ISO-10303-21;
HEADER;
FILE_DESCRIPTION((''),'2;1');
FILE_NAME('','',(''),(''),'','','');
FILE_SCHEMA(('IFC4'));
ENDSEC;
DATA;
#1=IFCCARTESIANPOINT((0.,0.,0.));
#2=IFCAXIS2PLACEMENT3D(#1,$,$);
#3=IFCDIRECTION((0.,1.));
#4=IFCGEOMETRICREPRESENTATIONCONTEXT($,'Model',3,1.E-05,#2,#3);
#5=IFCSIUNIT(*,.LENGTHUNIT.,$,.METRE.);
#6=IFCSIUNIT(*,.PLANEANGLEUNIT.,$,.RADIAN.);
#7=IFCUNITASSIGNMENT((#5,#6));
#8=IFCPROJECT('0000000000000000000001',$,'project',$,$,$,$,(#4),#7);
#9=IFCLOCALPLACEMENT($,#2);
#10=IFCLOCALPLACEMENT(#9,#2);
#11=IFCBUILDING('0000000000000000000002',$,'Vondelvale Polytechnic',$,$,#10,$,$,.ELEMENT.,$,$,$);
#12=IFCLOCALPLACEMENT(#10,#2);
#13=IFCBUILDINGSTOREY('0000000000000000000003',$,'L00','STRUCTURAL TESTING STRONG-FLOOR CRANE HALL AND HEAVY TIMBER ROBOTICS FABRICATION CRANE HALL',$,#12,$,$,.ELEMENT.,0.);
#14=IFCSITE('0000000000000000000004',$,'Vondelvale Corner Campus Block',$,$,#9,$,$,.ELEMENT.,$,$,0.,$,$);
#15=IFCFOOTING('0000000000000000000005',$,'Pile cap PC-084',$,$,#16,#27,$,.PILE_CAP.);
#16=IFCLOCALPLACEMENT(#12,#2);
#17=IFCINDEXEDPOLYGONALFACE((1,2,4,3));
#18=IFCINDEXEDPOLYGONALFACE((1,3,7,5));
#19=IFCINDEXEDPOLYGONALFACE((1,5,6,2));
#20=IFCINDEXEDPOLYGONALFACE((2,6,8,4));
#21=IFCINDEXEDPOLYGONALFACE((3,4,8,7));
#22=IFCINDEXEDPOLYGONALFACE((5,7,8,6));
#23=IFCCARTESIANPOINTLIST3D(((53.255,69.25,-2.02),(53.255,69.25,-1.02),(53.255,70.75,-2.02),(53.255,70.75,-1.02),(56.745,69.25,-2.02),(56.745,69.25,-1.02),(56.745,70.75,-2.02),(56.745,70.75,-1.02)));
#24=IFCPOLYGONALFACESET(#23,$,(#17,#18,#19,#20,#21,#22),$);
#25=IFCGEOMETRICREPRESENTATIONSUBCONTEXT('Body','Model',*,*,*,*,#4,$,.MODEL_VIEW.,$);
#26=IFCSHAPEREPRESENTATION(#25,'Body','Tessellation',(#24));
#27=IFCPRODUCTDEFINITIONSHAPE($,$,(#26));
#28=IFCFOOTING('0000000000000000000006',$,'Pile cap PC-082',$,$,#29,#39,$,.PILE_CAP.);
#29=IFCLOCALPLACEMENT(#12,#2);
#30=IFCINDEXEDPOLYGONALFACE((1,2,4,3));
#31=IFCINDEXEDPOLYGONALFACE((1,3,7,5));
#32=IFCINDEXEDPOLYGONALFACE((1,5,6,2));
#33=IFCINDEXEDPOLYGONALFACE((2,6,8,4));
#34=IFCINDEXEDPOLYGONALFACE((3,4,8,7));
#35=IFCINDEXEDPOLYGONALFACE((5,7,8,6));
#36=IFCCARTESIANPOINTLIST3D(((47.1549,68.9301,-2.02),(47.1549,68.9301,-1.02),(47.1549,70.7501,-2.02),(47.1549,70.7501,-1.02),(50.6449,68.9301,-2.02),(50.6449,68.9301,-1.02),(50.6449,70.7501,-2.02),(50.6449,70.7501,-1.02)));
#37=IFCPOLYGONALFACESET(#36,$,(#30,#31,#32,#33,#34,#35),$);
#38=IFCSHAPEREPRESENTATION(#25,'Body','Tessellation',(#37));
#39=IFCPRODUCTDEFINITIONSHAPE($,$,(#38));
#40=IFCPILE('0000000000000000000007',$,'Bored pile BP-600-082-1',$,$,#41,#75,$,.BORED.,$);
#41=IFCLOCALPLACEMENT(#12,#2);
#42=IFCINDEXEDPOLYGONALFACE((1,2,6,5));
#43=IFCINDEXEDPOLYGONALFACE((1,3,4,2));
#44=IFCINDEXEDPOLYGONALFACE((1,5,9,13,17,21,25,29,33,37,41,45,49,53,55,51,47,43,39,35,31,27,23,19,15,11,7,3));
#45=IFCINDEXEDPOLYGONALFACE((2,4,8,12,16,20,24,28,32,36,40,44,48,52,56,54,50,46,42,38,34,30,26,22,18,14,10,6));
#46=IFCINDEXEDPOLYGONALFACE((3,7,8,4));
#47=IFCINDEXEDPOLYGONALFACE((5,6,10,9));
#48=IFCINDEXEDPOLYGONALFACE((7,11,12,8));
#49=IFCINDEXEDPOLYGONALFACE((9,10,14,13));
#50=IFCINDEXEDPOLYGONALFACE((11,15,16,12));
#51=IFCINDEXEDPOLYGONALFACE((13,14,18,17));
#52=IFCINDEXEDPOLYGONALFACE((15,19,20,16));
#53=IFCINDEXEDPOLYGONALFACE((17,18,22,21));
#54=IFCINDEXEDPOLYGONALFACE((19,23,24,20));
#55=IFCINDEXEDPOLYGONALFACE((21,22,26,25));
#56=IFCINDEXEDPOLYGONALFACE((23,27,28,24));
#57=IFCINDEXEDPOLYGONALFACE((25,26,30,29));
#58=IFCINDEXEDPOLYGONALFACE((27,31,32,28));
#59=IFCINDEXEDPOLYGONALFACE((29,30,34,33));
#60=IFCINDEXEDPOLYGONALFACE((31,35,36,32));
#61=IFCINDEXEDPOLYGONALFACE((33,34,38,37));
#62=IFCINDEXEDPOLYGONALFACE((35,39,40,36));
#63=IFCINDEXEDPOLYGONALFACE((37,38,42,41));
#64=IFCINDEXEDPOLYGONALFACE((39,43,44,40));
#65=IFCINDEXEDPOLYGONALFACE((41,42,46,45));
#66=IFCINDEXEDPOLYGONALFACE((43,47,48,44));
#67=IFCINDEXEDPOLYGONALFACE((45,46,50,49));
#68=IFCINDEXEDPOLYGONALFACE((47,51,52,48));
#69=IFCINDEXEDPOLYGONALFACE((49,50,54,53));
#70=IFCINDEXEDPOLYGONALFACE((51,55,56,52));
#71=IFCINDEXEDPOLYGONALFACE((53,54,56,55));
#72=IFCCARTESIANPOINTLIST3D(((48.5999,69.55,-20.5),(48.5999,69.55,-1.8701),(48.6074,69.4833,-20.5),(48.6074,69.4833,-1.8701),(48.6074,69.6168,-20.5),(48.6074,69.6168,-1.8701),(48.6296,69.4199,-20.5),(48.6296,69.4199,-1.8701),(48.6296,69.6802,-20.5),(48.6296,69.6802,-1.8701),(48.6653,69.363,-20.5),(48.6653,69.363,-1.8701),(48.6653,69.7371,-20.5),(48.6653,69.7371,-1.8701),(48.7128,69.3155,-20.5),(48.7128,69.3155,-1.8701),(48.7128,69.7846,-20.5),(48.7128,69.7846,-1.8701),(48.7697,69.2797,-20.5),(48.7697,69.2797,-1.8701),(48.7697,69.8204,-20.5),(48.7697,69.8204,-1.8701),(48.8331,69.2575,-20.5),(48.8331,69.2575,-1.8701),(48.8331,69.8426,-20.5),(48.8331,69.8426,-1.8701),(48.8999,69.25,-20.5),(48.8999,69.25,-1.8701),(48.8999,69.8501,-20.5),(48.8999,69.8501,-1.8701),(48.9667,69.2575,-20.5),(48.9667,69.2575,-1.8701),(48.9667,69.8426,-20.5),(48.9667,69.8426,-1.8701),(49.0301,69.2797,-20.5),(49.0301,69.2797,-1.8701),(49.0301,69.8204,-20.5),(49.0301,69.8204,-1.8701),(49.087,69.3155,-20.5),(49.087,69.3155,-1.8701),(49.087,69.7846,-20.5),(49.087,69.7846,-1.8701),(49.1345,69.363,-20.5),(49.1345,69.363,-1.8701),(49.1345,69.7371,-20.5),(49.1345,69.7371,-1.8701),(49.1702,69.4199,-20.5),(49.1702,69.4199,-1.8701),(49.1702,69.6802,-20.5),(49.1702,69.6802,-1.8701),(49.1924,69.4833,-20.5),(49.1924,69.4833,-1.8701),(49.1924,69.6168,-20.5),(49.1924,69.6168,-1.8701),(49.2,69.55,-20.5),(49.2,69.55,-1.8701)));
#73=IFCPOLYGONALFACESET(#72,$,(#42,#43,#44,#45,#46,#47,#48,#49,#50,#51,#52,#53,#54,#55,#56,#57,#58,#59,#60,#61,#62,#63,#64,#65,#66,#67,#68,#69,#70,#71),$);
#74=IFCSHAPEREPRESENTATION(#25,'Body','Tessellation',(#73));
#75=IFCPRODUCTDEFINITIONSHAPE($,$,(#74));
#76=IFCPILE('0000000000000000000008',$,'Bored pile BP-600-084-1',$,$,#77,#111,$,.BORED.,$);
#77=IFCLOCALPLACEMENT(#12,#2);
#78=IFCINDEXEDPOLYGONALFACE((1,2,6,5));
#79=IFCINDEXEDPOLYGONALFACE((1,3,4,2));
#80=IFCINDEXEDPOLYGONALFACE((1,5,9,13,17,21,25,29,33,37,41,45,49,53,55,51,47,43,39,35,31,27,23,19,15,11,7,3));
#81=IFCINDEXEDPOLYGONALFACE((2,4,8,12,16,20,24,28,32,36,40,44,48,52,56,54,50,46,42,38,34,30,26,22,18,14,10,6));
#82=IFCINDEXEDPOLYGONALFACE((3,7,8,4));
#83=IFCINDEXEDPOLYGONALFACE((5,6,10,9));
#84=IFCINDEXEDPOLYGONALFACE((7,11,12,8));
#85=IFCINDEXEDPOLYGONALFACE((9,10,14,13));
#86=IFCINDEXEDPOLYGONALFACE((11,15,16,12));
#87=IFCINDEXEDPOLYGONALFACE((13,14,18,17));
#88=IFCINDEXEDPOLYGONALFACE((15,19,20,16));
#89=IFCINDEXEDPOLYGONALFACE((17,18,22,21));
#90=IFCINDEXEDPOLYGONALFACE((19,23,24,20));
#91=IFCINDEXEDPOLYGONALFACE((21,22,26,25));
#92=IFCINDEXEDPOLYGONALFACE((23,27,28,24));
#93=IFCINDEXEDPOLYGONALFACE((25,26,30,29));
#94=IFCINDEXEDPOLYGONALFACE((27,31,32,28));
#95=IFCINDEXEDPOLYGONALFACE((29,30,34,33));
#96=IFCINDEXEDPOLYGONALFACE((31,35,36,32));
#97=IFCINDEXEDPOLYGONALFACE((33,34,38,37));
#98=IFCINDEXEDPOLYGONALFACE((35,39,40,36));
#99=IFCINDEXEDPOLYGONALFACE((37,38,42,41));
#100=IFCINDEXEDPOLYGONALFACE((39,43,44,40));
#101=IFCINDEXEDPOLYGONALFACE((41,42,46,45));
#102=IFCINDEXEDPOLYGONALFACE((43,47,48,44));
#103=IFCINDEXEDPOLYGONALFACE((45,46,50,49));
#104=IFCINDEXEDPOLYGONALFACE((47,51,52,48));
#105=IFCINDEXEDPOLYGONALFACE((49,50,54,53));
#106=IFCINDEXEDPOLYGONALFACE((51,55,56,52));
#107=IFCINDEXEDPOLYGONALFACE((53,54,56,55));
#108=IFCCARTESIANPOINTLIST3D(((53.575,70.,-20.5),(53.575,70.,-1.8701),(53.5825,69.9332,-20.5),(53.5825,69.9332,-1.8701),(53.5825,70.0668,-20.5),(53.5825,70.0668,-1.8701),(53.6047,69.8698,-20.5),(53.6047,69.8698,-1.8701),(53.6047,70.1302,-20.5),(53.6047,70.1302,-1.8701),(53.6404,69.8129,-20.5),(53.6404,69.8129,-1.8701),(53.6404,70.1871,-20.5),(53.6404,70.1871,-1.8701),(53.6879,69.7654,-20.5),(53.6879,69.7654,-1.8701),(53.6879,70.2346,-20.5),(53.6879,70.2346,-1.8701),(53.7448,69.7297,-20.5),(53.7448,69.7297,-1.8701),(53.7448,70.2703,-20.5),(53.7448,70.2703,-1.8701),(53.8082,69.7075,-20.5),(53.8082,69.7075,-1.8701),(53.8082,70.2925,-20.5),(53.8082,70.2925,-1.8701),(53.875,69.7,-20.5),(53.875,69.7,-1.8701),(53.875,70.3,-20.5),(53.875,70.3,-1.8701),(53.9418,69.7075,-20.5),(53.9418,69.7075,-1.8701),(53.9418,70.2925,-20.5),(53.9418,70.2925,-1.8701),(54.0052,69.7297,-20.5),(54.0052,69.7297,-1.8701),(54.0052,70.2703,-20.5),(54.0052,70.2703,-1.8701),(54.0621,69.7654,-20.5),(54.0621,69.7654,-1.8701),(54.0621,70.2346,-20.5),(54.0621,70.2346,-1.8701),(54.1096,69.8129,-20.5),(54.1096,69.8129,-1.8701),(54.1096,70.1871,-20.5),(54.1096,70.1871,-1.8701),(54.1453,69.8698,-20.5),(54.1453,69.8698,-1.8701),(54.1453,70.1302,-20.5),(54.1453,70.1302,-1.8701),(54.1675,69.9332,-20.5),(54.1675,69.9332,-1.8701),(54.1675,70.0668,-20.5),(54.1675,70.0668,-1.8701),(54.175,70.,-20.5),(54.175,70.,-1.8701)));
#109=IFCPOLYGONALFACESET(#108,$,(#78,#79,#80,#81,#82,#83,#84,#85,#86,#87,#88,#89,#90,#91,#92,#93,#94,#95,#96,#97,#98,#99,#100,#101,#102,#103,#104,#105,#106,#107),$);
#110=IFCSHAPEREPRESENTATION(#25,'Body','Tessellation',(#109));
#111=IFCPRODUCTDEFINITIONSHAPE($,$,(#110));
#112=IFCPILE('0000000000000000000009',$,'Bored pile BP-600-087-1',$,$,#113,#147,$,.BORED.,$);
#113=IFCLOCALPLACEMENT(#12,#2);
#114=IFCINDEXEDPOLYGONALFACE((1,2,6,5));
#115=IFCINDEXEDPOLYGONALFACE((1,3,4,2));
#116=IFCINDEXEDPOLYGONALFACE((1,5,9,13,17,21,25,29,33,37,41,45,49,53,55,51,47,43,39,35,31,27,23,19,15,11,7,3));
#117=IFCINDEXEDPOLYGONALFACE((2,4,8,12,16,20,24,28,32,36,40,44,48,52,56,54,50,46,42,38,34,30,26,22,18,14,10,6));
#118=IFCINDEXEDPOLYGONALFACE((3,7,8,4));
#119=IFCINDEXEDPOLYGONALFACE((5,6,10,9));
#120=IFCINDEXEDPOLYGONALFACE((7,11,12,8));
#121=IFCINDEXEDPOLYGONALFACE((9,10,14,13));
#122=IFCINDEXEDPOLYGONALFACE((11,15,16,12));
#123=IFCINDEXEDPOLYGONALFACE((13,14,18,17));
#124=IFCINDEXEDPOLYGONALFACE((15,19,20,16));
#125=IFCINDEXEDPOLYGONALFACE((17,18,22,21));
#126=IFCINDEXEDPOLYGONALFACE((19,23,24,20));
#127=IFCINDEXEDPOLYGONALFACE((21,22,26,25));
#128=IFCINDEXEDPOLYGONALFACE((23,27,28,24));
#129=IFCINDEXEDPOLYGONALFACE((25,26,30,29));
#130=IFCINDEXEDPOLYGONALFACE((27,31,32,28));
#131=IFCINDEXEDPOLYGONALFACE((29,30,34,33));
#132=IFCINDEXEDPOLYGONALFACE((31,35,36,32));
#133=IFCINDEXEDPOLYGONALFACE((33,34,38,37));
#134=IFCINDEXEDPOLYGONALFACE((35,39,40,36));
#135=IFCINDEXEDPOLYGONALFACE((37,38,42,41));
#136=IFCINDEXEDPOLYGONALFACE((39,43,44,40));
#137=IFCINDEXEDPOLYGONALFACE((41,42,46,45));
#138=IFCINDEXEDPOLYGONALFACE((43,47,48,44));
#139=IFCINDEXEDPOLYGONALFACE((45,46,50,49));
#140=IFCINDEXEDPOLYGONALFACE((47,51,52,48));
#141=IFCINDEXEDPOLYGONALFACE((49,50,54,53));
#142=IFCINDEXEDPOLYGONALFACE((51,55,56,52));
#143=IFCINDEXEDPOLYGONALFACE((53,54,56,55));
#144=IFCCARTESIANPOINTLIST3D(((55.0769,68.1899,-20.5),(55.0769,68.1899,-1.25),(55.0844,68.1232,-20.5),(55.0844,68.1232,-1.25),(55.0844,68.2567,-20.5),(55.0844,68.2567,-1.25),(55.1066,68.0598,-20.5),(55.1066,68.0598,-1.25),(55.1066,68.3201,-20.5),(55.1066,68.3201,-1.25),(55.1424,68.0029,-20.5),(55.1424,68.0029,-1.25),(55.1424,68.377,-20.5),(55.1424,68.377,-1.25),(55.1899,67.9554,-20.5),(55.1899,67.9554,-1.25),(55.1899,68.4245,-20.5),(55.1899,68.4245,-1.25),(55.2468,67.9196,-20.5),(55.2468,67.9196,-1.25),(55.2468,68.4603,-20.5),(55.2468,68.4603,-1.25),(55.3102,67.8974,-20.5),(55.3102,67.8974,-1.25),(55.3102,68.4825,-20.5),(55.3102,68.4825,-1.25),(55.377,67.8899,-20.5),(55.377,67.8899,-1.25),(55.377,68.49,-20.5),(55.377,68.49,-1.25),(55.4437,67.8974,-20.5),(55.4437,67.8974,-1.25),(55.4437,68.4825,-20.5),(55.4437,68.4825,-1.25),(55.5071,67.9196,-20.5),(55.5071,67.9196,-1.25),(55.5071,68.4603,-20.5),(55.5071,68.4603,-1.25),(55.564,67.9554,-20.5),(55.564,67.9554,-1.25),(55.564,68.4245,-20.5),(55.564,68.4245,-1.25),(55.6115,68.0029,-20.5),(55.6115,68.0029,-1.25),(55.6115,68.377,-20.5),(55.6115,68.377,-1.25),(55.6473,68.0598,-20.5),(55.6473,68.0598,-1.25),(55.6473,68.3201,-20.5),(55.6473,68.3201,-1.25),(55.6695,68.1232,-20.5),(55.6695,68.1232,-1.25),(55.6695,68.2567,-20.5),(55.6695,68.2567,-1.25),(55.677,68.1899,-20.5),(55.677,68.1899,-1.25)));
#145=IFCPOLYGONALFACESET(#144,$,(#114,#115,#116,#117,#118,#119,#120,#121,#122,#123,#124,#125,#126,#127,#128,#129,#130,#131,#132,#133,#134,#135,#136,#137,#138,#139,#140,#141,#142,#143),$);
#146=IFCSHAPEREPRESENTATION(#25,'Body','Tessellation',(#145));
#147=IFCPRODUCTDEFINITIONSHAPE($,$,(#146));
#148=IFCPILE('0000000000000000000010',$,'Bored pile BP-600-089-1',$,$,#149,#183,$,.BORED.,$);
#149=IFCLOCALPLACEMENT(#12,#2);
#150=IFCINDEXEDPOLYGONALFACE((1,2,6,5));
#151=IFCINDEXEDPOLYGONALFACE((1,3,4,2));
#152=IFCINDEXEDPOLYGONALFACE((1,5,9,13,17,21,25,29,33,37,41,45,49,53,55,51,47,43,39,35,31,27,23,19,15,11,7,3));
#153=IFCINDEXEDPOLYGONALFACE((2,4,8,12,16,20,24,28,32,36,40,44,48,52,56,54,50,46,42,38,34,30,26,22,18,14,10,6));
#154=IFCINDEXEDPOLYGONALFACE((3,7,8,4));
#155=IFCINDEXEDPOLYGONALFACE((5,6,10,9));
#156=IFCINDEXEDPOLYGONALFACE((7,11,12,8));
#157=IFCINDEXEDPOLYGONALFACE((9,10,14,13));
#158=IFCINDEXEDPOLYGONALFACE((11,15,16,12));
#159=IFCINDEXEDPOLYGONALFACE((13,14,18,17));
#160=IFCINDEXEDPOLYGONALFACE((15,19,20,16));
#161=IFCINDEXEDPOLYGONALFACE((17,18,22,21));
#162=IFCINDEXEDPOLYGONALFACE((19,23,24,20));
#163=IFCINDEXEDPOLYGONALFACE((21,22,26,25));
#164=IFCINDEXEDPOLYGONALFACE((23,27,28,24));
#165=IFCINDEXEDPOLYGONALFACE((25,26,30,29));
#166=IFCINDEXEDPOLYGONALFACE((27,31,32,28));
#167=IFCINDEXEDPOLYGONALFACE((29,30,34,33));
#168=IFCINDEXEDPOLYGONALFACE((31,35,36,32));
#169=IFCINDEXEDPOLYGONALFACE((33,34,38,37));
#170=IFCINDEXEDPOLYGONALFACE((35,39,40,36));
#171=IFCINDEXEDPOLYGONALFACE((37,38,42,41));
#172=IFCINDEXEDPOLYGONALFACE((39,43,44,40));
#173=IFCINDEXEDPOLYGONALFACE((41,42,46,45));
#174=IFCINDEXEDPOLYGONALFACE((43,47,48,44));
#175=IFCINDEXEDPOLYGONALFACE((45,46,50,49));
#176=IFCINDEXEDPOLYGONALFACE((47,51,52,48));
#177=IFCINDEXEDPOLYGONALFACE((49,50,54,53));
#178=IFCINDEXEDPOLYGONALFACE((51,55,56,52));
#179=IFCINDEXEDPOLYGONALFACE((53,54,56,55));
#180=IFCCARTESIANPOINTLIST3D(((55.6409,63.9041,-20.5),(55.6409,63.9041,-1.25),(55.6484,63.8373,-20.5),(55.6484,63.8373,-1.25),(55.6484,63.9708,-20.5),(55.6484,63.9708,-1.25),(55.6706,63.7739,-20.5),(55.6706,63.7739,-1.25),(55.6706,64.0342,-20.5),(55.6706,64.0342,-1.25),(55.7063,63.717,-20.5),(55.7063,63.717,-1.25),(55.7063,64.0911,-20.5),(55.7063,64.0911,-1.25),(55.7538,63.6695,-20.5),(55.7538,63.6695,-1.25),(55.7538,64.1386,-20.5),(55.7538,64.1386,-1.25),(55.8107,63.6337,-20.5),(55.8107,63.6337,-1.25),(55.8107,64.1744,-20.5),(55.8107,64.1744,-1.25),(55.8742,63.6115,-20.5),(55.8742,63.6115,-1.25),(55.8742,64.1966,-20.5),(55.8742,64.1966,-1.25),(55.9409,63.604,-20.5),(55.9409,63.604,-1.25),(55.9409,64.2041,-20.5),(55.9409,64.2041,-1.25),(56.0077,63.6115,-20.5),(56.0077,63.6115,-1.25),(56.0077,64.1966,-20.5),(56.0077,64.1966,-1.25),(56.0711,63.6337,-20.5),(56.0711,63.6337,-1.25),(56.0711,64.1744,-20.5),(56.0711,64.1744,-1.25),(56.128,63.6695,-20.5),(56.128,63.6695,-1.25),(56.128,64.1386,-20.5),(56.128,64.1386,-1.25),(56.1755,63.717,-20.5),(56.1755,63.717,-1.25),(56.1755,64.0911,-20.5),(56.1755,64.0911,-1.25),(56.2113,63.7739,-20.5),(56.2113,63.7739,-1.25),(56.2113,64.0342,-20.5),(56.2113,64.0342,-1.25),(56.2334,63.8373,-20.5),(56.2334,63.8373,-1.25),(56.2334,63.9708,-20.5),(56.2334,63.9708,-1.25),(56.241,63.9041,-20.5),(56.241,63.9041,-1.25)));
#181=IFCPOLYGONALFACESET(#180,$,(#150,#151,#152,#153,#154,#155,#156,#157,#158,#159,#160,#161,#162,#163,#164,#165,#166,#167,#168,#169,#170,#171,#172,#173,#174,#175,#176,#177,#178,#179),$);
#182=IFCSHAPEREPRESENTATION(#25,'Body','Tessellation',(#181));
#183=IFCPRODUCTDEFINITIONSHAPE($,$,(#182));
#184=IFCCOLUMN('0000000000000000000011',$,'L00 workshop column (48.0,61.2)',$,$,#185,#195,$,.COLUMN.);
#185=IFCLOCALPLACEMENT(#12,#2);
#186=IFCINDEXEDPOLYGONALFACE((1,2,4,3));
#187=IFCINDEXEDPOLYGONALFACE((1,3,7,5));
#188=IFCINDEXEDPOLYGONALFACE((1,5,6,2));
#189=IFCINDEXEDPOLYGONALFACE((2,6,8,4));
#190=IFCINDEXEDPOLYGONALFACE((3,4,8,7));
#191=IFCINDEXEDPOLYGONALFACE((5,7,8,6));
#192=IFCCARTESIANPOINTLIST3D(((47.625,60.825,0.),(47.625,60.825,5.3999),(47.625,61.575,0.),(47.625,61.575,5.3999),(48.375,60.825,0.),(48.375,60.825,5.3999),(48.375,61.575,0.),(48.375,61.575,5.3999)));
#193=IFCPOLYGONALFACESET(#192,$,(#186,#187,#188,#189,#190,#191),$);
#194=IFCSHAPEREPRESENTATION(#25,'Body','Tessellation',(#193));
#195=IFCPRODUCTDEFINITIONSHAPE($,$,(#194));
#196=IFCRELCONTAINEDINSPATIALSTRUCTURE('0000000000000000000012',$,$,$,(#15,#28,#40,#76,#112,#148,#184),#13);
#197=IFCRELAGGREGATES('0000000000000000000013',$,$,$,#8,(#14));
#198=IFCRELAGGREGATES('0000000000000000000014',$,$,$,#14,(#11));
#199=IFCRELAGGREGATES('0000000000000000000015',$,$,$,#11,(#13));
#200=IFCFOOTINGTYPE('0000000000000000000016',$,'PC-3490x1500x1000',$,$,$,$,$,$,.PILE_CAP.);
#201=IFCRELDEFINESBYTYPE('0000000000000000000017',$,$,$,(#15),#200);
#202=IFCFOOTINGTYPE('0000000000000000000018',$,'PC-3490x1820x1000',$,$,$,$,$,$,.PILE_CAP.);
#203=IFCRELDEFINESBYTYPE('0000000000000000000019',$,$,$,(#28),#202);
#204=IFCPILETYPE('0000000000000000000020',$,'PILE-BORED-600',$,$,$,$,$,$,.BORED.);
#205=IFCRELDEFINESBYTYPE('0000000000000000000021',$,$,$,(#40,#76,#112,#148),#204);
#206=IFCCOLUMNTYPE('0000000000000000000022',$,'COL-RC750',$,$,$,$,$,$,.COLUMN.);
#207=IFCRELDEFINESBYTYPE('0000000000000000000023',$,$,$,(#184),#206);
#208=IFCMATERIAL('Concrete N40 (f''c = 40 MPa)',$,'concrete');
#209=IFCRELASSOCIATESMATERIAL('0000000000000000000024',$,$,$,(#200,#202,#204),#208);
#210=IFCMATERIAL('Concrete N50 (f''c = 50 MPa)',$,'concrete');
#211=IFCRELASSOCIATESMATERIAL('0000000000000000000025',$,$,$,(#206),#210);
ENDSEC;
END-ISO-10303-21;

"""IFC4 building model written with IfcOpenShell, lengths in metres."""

from ifc_helpers import new_model, si_unit, direction, frame, origin, origin_2d, place, context, subcontext, project, spatial, rectangle, circle, extrude, material, material_profile, profile_set, type_object, element, save


model = new_model("IFC4")

# Units and contexts
model_context = context("Model", 3, precision=1e-05, world=origin(), true_north=direction((0.0, 1.0)))
body_context = subcontext(model_context, "Body", "Model", "MODEL_VIEW")
ifc_project = project(units=[si_unit("LENGTHUNIT", "METRE"), si_unit("PLANEANGLEUNIT", "RADIAN")], contexts=[model_context])

# Site, building, storey
site_placement = place(None, origin())
site = spatial("IfcSite", under=ifc_project, at=site_placement, Name="Vondelvale Corner Campus Block", CompositionType="ELEMENT", RefElevation=0.0)
building_placement = place(site_placement, origin())
building = spatial("IfcBuilding", under=site, at=building_placement, Name="Vondelvale Polytechnic", CompositionType="ELEMENT")
storey_placement = place(building_placement, origin())
storey = spatial("IfcBuildingStorey", under=building, at=storey_placement, Name="L00", Description="STRUCTURAL TESTING STRONG-FLOOR CRANE HALL AND HEAVY TIMBER ROBOTICS FABRICATION CRANE HALL", CompositionType="ELEMENT", Elevation=0.0)

# Footings
ifc_material_1 = material(Name="Concrete N40 (f'c = 40 MPa)", Category="concrete")
footing_type_1 = type_object("IfcFootingType", Name="PC-3490x1500x1000", PredefinedType="PILE_CAP", material=ifc_material_1)
footing_1_placement = place(storey_placement, frame((55.0, 70.0, -2.02), z_axis=(0.0, 0.0, 1.0), x_axis=(1.0, 0.0, 0.0)))
element("IfcFooting", 1, at=footing_1_placement, inside=storey, type_object=footing_type_1, Name="Pile cap PC-084", PredefinedType="PILE_CAP", context=body_context, shape_type="SweptSolid", body=[
    extrude(rectangle(XDim=3.49, YDim=1.5, at=origin_2d()), origin(), (0.0, 0.0, 1.0), 1.0),
])
footing_type_2 = type_object("IfcFootingType", Name="PC-3490x1820x1000", PredefinedType="PILE_CAP", material=ifc_material_1)
footing_2_placement = place(storey_placement, frame((48.8999, 69.8401, -2.02), z_axis=(0.0, 0.0, 1.0), x_axis=(1.0, 0.0, 0.0)))
element("IfcFooting", 2, at=footing_2_placement, inside=storey, type_object=footing_type_2, Name="Pile cap PC-082", PredefinedType="PILE_CAP", context=body_context, shape_type="SweptSolid", body=[
    extrude(rectangle(XDim=3.49, YDim=1.8201, at=origin_2d()), origin(), (0.0, 0.0, 1.0), 1.0),
])

# Piles
ifc_material_profile_1 = material_profile(ifc_material_1, circle(Radius=0.3, at=origin_2d()), Name="PILE-D600")
ifc_profile_set_1 = profile_set([ifc_material_profile_1], Name="Concrete N40 (f'c = 40 MPa)")
pile_type = type_object("IfcPileType", Name="PILE-BORED-600", PredefinedType="BORED", material=ifc_profile_set_1)
for number, where, z_axis, x_axis, name in (
    (3, (48.8999, 69.55, -1.8701), (0.0, 0.0, -1.0), (1.0, 0.0, 0.0), "Bored pile BP-600-082-1"),
    (4, (53.875, 70.0, -1.8701), (0.0, 0.0, -1.0), (1.0, 0.0, 0.0), "Bored pile BP-600-084-1"),
):
    element("IfcPile", number, at=place(storey_placement, frame(where, z_axis=z_axis, x_axis=x_axis)), inside=storey, type_object=pile_type, Name=name, PredefinedType="BORED", context=body_context, shape_type="SweptSolid", body=[
        extrude(circle(Radius=0.3, at=origin_2d()), origin(), (0.0, 0.0, 1.0), 18.6299),
    ])
for number, where, z_axis, x_axis, name in (
    (5, (55.377, 68.1899, -1.25), (0.0, 0.0, -1.0), (1.0, 0.0, 0.0), "Bored pile BP-600-087-1"),
    (6, (55.9409, 63.9041, -1.25), (0.0, 0.0, -1.0), (1.0, 0.0, 0.0), "Bored pile BP-600-089-1"),
):
    element("IfcPile", number, at=place(storey_placement, frame(where, z_axis=z_axis, x_axis=x_axis)), inside=storey, type_object=pile_type, Name=name, PredefinedType="BORED", context=body_context, shape_type="SweptSolid", body=[
        extrude(circle(Radius=0.3, at=origin_2d()), origin(), (0.0, 0.0, 1.0), 19.25),
    ])

# Column
ifc_material_2 = material(Name="Concrete N50 (f'c = 50 MPa)", Category="concrete")
ifc_material_profile_2 = material_profile(ifc_material_2, rectangle(XDim=0.75, YDim=0.75, at=origin_2d()), Name="RC-COL-750x750")
ifc_profile_set_2 = profile_set([ifc_material_profile_2], Name="Concrete N50 (f'c = 50 MPa)")
column_type_1 = type_object("IfcColumnType", Name="COL-RC750", PredefinedType="COLUMN", material=ifc_profile_set_2)
column_1_placement = place(storey_placement, frame((48.0, 61.2, 0.0), z_axis=(0.0, 0.0, 1.0), x_axis=(1.0, 0.0, 0.0)))
element("IfcColumn", 7, at=column_1_placement, inside=storey, type_object=column_type_1, Name="L00 workshop column (48.0,61.2)", PredefinedType="COLUMN", context=body_context, shape_type="SweptSolid", body=[
    extrude(rectangle(XDim=0.75, YDim=0.75, at=origin_2d()), origin(), (0.0, 0.0, 1.0), 5.3999),
])

save(model, "model.ifc")
